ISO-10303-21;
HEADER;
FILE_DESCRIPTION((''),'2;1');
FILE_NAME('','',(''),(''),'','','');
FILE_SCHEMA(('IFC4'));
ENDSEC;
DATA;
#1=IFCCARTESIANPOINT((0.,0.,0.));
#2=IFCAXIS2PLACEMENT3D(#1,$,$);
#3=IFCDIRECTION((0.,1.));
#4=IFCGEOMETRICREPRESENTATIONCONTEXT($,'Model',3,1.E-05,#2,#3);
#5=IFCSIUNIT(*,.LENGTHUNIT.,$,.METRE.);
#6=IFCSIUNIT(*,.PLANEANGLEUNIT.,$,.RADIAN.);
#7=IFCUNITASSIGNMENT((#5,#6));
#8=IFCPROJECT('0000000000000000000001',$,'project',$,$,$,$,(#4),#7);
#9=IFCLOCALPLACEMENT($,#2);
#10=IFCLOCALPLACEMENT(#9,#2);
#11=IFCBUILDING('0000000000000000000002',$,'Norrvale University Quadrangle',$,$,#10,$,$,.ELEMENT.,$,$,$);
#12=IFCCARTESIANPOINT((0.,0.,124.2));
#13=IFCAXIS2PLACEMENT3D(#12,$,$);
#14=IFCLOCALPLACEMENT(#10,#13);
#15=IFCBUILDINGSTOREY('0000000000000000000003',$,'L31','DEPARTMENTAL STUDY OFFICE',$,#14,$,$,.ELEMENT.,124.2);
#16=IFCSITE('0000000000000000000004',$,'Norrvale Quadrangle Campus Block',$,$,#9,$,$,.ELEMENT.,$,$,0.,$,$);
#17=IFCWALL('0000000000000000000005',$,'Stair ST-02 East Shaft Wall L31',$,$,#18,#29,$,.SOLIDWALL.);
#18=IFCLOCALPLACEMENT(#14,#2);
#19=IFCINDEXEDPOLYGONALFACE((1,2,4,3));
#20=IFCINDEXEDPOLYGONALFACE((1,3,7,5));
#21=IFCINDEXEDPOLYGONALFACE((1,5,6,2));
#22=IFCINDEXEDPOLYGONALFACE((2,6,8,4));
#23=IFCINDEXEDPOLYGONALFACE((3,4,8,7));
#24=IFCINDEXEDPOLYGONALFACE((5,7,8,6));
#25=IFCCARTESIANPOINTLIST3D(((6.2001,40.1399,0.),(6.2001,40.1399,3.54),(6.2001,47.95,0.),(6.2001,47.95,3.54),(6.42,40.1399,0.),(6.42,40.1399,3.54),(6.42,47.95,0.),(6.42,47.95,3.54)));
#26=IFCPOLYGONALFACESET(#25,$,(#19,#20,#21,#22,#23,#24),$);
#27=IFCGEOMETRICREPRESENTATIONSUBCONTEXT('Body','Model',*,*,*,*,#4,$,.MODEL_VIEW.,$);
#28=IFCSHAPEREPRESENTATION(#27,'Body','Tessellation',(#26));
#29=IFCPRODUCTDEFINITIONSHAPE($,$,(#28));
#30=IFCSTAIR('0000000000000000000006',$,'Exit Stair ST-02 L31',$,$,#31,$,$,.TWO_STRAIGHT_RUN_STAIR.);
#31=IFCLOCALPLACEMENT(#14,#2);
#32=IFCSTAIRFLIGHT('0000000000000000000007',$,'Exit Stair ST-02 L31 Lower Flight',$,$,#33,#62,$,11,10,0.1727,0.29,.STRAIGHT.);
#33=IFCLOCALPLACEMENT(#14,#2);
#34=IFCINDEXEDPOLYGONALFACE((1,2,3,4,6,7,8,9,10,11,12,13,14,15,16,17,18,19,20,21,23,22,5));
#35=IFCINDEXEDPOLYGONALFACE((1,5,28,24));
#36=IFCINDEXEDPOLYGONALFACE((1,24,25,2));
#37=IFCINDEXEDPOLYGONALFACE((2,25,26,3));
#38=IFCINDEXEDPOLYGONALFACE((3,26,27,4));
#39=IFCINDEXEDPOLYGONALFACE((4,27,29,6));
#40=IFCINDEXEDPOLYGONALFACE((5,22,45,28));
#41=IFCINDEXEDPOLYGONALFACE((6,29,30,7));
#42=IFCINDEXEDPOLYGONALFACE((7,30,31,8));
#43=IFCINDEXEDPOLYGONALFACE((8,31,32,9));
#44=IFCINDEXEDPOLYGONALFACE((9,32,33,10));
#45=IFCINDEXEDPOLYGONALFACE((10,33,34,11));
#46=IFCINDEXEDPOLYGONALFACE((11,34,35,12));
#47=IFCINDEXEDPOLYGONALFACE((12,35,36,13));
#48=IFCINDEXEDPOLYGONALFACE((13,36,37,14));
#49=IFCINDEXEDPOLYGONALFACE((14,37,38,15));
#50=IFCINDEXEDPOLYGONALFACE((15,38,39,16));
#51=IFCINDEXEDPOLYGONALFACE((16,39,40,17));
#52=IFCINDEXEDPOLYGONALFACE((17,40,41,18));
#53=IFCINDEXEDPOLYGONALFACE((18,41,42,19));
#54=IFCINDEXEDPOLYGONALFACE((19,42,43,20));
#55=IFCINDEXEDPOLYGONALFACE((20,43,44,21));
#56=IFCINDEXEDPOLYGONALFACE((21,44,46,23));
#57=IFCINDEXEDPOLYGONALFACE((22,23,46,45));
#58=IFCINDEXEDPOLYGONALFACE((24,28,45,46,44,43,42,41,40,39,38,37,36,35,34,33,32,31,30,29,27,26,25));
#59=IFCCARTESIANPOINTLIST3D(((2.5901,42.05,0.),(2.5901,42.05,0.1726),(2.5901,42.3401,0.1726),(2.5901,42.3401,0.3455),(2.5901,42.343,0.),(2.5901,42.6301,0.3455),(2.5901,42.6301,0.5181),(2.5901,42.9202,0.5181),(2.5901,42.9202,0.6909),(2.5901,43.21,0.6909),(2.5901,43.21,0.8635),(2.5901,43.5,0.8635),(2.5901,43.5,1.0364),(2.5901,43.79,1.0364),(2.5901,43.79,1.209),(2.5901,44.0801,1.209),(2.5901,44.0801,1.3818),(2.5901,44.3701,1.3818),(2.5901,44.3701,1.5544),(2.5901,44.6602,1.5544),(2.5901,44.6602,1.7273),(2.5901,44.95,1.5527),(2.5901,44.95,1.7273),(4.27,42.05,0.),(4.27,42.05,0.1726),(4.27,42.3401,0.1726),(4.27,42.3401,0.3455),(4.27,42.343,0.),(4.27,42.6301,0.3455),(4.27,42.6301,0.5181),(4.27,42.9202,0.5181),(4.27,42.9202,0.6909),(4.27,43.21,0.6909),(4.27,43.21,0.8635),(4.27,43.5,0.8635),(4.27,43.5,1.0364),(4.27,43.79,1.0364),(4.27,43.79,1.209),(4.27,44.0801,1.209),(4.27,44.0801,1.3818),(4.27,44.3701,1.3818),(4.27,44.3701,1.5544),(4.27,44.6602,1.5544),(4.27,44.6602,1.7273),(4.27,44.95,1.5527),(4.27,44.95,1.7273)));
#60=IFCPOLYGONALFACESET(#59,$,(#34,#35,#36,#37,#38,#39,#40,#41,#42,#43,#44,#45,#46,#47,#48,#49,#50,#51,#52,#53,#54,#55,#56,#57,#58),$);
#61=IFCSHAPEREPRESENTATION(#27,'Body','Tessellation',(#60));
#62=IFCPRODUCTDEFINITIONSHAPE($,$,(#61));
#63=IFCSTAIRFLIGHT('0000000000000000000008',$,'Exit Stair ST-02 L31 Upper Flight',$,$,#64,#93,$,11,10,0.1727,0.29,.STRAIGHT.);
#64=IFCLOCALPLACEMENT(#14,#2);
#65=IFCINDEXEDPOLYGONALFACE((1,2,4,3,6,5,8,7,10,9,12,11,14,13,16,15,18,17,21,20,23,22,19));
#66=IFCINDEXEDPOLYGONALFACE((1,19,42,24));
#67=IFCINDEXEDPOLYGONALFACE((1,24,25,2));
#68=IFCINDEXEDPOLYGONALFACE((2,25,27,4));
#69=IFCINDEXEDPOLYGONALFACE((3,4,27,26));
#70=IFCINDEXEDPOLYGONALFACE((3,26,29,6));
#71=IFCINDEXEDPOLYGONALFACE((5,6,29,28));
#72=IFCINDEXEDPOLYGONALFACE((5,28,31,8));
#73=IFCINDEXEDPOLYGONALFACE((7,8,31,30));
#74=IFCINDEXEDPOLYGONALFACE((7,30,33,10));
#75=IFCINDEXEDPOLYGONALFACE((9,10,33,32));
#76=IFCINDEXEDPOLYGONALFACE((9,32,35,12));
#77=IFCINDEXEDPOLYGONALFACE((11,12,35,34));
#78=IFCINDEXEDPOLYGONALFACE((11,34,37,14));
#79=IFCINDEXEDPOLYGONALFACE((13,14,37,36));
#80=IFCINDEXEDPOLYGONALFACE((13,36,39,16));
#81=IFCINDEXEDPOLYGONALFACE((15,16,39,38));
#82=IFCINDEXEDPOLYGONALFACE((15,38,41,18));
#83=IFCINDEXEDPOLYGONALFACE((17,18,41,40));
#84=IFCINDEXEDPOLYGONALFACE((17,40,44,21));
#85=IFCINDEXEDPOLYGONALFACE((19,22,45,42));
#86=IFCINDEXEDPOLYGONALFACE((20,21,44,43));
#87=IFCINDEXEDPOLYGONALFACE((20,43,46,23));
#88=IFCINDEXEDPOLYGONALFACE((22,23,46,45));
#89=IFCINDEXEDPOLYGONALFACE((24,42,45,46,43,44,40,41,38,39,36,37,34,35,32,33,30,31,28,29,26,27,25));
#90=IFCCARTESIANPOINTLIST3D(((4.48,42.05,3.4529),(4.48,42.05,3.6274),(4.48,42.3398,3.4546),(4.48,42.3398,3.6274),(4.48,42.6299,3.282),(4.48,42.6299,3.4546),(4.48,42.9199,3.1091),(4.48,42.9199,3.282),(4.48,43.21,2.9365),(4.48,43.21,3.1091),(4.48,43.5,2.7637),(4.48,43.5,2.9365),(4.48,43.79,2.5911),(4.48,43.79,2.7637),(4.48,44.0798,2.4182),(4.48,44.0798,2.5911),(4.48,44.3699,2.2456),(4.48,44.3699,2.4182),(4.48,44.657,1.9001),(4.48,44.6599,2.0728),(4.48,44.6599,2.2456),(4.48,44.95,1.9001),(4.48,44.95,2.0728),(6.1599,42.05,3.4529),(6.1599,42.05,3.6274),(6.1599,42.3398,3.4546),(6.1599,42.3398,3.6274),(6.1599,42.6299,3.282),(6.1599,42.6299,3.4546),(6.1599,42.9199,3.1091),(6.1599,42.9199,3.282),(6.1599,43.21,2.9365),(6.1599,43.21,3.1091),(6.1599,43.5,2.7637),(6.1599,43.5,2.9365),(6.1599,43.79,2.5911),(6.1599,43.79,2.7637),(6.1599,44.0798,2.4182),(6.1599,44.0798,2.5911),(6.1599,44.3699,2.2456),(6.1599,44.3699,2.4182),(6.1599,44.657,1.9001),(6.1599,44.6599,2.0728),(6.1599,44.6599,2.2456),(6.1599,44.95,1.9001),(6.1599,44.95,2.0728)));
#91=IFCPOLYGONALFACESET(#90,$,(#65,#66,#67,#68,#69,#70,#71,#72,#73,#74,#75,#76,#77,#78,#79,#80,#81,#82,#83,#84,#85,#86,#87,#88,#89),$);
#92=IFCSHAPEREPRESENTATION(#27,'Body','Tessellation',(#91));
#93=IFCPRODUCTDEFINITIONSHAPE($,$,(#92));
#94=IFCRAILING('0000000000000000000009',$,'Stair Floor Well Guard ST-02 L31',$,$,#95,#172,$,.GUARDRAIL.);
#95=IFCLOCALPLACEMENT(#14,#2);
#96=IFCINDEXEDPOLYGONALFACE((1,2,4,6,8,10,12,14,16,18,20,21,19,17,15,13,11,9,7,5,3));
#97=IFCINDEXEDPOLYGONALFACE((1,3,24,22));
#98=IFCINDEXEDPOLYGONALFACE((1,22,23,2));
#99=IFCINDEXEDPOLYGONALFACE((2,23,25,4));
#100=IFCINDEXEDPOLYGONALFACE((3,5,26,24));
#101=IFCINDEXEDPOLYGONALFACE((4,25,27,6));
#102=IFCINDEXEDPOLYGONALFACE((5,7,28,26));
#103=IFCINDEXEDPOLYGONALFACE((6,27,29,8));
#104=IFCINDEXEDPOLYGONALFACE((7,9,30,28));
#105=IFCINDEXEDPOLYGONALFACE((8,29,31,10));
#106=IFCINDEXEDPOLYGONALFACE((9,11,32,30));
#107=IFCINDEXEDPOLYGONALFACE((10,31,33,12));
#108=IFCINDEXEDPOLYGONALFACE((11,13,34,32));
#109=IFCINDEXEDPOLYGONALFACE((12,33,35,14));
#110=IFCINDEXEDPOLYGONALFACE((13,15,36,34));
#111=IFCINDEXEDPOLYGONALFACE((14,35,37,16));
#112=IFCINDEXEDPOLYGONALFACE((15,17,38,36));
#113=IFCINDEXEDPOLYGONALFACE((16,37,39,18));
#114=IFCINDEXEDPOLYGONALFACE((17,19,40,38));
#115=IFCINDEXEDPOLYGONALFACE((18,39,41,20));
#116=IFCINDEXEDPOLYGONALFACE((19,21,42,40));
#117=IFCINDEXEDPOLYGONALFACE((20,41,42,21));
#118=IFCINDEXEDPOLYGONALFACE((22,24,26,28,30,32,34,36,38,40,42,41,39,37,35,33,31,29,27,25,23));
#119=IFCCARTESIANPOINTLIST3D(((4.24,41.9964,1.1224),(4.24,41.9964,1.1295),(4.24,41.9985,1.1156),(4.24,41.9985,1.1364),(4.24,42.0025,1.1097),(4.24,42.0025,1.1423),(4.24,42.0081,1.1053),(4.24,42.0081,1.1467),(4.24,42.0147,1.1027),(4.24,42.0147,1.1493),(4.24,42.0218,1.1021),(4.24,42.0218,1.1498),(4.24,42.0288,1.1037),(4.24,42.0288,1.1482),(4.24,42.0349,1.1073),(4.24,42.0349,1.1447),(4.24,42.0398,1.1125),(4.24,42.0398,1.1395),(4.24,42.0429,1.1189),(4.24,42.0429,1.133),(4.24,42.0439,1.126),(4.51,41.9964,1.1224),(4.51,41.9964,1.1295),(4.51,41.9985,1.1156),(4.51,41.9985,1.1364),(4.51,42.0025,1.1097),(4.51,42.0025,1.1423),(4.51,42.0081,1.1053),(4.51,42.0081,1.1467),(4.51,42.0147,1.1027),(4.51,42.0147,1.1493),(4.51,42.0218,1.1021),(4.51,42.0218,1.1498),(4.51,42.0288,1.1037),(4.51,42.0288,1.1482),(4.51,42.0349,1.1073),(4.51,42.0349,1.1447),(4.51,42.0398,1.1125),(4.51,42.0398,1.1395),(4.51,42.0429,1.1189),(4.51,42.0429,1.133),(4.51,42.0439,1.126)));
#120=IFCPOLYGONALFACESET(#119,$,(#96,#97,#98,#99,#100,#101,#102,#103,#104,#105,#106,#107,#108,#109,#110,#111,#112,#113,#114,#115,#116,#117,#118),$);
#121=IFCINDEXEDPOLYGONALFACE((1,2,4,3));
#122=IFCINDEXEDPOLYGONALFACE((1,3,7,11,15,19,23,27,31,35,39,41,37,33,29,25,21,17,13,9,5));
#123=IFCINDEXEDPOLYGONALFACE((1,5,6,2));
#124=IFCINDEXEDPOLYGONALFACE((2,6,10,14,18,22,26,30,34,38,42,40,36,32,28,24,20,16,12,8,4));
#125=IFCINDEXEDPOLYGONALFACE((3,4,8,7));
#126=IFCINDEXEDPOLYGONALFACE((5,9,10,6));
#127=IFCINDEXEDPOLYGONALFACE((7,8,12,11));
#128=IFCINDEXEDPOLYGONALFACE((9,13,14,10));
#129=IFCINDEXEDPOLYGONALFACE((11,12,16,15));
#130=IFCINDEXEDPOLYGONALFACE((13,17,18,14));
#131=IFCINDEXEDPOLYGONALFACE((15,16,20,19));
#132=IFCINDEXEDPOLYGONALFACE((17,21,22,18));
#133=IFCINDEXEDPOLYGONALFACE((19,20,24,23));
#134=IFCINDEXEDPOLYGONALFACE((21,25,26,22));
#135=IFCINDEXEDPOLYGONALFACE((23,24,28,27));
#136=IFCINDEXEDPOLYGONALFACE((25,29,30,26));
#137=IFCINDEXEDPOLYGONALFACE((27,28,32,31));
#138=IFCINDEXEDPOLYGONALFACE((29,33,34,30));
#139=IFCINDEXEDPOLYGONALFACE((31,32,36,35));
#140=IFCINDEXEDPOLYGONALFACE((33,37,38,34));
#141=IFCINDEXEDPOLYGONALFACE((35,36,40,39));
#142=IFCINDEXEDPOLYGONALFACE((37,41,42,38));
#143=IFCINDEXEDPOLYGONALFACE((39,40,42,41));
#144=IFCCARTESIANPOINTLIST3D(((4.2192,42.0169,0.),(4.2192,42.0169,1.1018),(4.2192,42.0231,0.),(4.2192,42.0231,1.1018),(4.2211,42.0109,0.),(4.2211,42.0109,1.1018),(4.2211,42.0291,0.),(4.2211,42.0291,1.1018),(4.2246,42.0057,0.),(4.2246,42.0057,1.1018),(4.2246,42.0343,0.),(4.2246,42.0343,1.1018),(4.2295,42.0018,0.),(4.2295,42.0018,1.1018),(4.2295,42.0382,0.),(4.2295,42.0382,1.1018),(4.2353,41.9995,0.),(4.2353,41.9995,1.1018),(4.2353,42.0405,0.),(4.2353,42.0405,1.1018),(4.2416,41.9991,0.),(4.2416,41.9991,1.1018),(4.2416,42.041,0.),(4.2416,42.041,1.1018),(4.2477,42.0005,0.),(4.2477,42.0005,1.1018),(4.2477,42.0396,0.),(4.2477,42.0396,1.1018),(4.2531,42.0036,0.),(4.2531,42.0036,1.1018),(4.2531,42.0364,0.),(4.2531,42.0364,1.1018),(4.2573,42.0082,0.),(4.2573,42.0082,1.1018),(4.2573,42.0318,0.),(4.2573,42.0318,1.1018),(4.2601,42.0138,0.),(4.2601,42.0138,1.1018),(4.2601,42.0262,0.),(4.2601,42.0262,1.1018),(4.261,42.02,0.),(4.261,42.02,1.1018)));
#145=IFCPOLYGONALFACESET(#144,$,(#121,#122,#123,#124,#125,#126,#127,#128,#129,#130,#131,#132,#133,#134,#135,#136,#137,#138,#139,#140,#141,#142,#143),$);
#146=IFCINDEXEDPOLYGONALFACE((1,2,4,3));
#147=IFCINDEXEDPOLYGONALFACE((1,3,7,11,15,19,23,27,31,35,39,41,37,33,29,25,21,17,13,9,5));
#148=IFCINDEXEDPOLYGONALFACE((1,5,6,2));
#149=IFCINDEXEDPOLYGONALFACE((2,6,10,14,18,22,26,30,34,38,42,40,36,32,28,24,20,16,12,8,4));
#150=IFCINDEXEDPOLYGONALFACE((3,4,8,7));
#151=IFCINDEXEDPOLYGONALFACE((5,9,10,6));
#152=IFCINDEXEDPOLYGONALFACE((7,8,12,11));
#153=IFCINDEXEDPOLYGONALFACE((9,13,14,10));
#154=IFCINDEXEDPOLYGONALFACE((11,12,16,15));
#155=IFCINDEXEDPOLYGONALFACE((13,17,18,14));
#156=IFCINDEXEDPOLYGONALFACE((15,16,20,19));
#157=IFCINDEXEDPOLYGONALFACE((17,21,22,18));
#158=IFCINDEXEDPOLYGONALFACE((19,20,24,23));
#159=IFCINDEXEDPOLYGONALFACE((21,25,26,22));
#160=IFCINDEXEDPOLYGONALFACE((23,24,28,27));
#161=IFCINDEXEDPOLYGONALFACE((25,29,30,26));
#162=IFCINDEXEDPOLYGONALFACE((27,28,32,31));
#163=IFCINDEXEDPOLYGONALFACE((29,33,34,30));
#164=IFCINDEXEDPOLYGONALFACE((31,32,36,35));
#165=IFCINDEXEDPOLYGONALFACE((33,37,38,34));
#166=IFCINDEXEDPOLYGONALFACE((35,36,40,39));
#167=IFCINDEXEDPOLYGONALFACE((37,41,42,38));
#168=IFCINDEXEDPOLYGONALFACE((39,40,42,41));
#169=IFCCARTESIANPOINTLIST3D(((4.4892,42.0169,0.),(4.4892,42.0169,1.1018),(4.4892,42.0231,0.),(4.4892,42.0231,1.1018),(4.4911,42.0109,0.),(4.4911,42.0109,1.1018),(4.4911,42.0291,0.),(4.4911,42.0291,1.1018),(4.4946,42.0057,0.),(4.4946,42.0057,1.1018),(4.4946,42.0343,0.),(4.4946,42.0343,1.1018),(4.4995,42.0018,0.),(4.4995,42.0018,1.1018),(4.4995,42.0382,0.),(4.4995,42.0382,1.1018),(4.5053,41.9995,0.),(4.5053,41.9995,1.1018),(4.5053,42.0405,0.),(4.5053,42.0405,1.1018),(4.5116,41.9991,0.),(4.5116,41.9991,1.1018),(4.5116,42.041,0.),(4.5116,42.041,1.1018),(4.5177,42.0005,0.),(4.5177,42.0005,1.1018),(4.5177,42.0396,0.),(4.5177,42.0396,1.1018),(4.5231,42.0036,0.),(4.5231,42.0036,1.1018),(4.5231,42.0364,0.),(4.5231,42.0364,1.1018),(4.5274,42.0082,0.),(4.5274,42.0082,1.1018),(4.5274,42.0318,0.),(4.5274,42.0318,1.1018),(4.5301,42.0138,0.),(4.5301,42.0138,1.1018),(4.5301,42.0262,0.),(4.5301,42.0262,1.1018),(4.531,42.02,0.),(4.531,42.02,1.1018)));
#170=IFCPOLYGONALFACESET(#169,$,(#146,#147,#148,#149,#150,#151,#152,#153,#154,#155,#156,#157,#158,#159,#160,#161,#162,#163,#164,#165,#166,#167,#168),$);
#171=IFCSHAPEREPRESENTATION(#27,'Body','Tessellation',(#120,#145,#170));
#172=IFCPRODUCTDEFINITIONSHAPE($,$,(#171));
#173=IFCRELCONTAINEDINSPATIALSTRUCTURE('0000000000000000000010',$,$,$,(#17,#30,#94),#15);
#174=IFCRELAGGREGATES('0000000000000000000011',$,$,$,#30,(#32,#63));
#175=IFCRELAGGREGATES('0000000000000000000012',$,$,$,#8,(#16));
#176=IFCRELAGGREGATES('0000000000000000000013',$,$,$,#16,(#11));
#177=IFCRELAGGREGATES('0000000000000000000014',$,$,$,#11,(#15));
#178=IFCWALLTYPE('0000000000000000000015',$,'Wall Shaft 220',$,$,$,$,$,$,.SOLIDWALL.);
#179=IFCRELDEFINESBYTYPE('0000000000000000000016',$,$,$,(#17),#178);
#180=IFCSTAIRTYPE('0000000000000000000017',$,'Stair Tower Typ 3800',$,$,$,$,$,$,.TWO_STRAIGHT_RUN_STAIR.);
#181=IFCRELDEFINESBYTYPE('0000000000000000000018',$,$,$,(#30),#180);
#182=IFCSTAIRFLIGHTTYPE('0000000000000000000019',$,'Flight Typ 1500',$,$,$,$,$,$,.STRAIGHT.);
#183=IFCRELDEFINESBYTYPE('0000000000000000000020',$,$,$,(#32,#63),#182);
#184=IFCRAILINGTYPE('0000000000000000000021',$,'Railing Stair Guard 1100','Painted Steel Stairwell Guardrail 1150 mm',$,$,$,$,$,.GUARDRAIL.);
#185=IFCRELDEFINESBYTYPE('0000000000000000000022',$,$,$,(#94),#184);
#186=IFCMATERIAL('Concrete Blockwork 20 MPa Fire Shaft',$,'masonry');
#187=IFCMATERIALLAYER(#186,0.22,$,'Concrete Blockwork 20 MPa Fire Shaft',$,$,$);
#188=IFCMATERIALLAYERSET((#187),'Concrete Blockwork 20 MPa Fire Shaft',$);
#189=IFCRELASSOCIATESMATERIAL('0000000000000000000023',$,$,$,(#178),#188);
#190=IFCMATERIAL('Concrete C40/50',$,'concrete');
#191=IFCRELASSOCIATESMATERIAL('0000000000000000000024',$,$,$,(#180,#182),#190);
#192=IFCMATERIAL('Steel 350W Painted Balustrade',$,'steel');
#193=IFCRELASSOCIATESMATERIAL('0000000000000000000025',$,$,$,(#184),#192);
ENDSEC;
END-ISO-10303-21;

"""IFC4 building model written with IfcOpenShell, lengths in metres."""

from ifc_helpers import new_model, si_unit, direction, frame, frame_2d, origin, origin_2d, place, context, subcontext, project, spatial, polyline, rectangle, circle, outline, extrude, material, layer, layer_set, type_object, element, aggregate, save


model = new_model("IFC4")

# Units and contexts
model_context = context("Model", 3, precision=1e-05, world=origin(), true_north=direction((0.0, 1.0)))
body_context = subcontext(model_context, "Body", "Model", "MODEL_VIEW")
ifc_project = project(units=[si_unit("LENGTHUNIT", "METRE"), si_unit("PLANEANGLEUNIT", "RADIAN")], contexts=[model_context])

# Site, building, storey
site_placement = place(None, origin())
site = spatial("IfcSite", under=ifc_project, at=site_placement, Name="Norrvale Quadrangle Campus Block", CompositionType="ELEMENT", RefElevation=0.0)
building_placement = place(site_placement, origin())
building = spatial("IfcBuilding", under=site, at=building_placement, Name="Norrvale University Quadrangle", CompositionType="ELEMENT")
storey_placement = place(building_placement, frame((0.0, 0.0, 124.2)))
storey = spatial("IfcBuildingStorey", under=building, at=storey_placement, Name="L31", Description="DEPARTMENTAL STUDY OFFICE", CompositionType="ELEMENT", Elevation=124.2)

# Shared definitions
ifc_material_1 = material(Name="Concrete Blockwork 20 MPa Fire Shaft", Category="masonry")
ifc_layer_1 = layer(ifc_material_1, 0.22, Name="Concrete Blockwork 20 MPa Fire Shaft")
ifc_layer_set_1 = layer_set([ifc_layer_1], Name="Concrete Blockwork 20 MPa Fire Shaft")
wall_type_1 = type_object("IfcWallType", Name="Wall Shaft 220", PredefinedType="SOLIDWALL", material=ifc_layer_set_1)

# Wall
wall_1_placement = place(storey_placement, frame((6.3101, 40.1399, 0.0), z_axis=(0.0, 0.0, 1.0), x_axis=(0.0, 1.0, 0.0)))
element("IfcWall", 1, at=wall_1_placement, inside=storey, type_object=wall_type_1, Name="Stair ST-02 East Shaft Wall L31", PredefinedType="SOLIDWALL", context=body_context, shape_type="SweptSolid", body=[
    extrude(rectangle(XDim=7.8101, YDim=0.22, at=frame_2d((3.905, 0.0))), origin(), (0.0, 0.0, 1.0), 3.54),
])

# Stair, stair flights
ifc_material_2 = material(Name="Concrete C40/50", Category="concrete")
stair_type = type_object("IfcStairType", Name="Stair Tower Typ 3800", PredefinedType="TWO_STRAIGHT_RUN_STAIR", material=ifc_material_2)
stair_placement = place(storey_placement, origin())
stair = element("IfcStair", 2, at=stair_placement, inside=storey, type_object=stair_type, Name="Exit Stair ST-02 L31", PredefinedType="TWO_STRAIGHT_RUN_STAIR")
stair_flight_type = type_object("IfcStairFlightType", Name="Flight Typ 1500", PredefinedType="STRAIGHT", material=ifc_material_2)
stair_flight_1_placement = place(storey_placement, frame((3.4299, 42.05, 0.0), z_axis=(0.0, 0.0, 1.0), x_axis=(0.0, 1.0, 0.0)))
stair_flight_1 = element("IfcStairFlight", 3, at=stair_flight_1_placement, type_object=stair_flight_type, Name="Exit Stair ST-02 L31 Lower Flight", NumberOfRisers=11, NumberOfTreads=10, PredefinedType="STRAIGHT", RiserHeight=0.1727, TreadLength=0.29, context=body_context, shape_type="SweptSolid", body=[
    extrude(outline(polyline([(0.0, 0.0), (0.0, 0.1726), (0.29, 0.1726), (0.29, 0.3455), (0.5801, 0.3455), (0.5801, 0.5181), (0.8701, 0.5181), (0.8701, 0.6909), (1.1599, 0.6909), (1.1599, 0.8635), (1.45, 0.8635), (1.45, 1.0364), (1.74, 1.0364), (1.74, 1.209), (2.03, 1.209), (2.03, 1.3818), (2.3201, 1.3818), (2.3201, 1.5544), (2.6101, 1.5544), (2.6101, 1.7273), (2.8999, 1.7273), (2.8999, 1.8999), (2.8999, 1.5527), (0.293, 0.0), (0.0, 0.0)])), frame((0.0, 0.8398, 0.0), z_axis=(0.0, -1.0, 0.0), x_axis=(1.0, 0.0, 0.0)), (0.0, 0.0, 1.0), 1.6799),
])
stair_flight_2_placement = place(storey_placement, frame((5.3201, 44.95, 1.9001), z_axis=(0.0, 0.0, 1.0), x_axis=(0.0, -1.0, 0.0)))
stair_flight_2 = element("IfcStairFlight", 4, at=stair_flight_2_placement, type_object=stair_flight_type, Name="Exit Stair ST-02 L31 Upper Flight", NumberOfRisers=11, NumberOfTreads=10, PredefinedType="STRAIGHT", RiserHeight=0.1727, TreadLength=0.29, context=body_context, shape_type="SweptSolid", body=[
    extrude(outline(polyline([(0.0, 0.0), (0.0, 0.1726), (0.29, 0.1726), (0.29, 0.3455), (0.5801, 0.3455), (0.5801, 0.5181), (0.8701, 0.5181), (0.8701, 0.6909), (1.1599, 0.6909), (1.1599, 0.8635), (1.45, 0.8635), (1.45, 1.0364), (1.74, 1.0364), (1.74, 1.209), (2.03, 1.209), (2.03, 1.3818), (2.3201, 1.3818), (2.3201, 1.5544), (2.6101, 1.5544), (2.6101, 1.7273), (2.8999, 1.7273), (2.8999, 1.8999), (2.8999, 1.5527), (0.293, 0.0), (0.0, 0.0)])), frame((0.0, 0.8398, 0.0), z_axis=(0.0, -1.0, 0.0), x_axis=(1.0, 0.0, 0.0)), (0.0, 0.0, 1.0), 1.6799),
])
aggregate(stair, [stair_flight_1, stair_flight_2])

# Railing
ifc_material_3 = material(Name="Steel 350W Painted Balustrade", Category="steel")
railing_type_1 = type_object("IfcRailingType", Name="Railing Stair Guard 1100", Description="Painted Steel Stairwell Guardrail 1150 mm", PredefinedType="GUARDRAIL", material=ifc_material_3)
for number, where, name in (
    (5, (4.24, 42.02, 0.0), "Stair Floor Well Guard ST-02 L31"),
):
    element("IfcRailing", number, at=place(storey_placement, frame(where)), inside=storey, type_object=railing_type_1, Name=name, PredefinedType="GUARDRAIL", context=body_context, shape_type="SweptSolid", body=[
        extrude(circle(Radius=0.0239, at=origin_2d()), frame((0.0, 0.0, 1.126), z_axis=(1.0, 0.0, 0.0), x_axis=(0.0, 1.0, 0.0)), (0.0, 0.0, 1.0), 0.27),
        extrude(circle(Radius=0.021, at=origin_2d()), origin(), (0.0, 0.0, 1.0), 1.1018),
        extrude(circle(Radius=0.021, at=origin_2d()), frame((0.27, 0.0, 0.0)), (0.0, 0.0, 1.0), 1.1018),
    ])

save(model, "model.ifc")
